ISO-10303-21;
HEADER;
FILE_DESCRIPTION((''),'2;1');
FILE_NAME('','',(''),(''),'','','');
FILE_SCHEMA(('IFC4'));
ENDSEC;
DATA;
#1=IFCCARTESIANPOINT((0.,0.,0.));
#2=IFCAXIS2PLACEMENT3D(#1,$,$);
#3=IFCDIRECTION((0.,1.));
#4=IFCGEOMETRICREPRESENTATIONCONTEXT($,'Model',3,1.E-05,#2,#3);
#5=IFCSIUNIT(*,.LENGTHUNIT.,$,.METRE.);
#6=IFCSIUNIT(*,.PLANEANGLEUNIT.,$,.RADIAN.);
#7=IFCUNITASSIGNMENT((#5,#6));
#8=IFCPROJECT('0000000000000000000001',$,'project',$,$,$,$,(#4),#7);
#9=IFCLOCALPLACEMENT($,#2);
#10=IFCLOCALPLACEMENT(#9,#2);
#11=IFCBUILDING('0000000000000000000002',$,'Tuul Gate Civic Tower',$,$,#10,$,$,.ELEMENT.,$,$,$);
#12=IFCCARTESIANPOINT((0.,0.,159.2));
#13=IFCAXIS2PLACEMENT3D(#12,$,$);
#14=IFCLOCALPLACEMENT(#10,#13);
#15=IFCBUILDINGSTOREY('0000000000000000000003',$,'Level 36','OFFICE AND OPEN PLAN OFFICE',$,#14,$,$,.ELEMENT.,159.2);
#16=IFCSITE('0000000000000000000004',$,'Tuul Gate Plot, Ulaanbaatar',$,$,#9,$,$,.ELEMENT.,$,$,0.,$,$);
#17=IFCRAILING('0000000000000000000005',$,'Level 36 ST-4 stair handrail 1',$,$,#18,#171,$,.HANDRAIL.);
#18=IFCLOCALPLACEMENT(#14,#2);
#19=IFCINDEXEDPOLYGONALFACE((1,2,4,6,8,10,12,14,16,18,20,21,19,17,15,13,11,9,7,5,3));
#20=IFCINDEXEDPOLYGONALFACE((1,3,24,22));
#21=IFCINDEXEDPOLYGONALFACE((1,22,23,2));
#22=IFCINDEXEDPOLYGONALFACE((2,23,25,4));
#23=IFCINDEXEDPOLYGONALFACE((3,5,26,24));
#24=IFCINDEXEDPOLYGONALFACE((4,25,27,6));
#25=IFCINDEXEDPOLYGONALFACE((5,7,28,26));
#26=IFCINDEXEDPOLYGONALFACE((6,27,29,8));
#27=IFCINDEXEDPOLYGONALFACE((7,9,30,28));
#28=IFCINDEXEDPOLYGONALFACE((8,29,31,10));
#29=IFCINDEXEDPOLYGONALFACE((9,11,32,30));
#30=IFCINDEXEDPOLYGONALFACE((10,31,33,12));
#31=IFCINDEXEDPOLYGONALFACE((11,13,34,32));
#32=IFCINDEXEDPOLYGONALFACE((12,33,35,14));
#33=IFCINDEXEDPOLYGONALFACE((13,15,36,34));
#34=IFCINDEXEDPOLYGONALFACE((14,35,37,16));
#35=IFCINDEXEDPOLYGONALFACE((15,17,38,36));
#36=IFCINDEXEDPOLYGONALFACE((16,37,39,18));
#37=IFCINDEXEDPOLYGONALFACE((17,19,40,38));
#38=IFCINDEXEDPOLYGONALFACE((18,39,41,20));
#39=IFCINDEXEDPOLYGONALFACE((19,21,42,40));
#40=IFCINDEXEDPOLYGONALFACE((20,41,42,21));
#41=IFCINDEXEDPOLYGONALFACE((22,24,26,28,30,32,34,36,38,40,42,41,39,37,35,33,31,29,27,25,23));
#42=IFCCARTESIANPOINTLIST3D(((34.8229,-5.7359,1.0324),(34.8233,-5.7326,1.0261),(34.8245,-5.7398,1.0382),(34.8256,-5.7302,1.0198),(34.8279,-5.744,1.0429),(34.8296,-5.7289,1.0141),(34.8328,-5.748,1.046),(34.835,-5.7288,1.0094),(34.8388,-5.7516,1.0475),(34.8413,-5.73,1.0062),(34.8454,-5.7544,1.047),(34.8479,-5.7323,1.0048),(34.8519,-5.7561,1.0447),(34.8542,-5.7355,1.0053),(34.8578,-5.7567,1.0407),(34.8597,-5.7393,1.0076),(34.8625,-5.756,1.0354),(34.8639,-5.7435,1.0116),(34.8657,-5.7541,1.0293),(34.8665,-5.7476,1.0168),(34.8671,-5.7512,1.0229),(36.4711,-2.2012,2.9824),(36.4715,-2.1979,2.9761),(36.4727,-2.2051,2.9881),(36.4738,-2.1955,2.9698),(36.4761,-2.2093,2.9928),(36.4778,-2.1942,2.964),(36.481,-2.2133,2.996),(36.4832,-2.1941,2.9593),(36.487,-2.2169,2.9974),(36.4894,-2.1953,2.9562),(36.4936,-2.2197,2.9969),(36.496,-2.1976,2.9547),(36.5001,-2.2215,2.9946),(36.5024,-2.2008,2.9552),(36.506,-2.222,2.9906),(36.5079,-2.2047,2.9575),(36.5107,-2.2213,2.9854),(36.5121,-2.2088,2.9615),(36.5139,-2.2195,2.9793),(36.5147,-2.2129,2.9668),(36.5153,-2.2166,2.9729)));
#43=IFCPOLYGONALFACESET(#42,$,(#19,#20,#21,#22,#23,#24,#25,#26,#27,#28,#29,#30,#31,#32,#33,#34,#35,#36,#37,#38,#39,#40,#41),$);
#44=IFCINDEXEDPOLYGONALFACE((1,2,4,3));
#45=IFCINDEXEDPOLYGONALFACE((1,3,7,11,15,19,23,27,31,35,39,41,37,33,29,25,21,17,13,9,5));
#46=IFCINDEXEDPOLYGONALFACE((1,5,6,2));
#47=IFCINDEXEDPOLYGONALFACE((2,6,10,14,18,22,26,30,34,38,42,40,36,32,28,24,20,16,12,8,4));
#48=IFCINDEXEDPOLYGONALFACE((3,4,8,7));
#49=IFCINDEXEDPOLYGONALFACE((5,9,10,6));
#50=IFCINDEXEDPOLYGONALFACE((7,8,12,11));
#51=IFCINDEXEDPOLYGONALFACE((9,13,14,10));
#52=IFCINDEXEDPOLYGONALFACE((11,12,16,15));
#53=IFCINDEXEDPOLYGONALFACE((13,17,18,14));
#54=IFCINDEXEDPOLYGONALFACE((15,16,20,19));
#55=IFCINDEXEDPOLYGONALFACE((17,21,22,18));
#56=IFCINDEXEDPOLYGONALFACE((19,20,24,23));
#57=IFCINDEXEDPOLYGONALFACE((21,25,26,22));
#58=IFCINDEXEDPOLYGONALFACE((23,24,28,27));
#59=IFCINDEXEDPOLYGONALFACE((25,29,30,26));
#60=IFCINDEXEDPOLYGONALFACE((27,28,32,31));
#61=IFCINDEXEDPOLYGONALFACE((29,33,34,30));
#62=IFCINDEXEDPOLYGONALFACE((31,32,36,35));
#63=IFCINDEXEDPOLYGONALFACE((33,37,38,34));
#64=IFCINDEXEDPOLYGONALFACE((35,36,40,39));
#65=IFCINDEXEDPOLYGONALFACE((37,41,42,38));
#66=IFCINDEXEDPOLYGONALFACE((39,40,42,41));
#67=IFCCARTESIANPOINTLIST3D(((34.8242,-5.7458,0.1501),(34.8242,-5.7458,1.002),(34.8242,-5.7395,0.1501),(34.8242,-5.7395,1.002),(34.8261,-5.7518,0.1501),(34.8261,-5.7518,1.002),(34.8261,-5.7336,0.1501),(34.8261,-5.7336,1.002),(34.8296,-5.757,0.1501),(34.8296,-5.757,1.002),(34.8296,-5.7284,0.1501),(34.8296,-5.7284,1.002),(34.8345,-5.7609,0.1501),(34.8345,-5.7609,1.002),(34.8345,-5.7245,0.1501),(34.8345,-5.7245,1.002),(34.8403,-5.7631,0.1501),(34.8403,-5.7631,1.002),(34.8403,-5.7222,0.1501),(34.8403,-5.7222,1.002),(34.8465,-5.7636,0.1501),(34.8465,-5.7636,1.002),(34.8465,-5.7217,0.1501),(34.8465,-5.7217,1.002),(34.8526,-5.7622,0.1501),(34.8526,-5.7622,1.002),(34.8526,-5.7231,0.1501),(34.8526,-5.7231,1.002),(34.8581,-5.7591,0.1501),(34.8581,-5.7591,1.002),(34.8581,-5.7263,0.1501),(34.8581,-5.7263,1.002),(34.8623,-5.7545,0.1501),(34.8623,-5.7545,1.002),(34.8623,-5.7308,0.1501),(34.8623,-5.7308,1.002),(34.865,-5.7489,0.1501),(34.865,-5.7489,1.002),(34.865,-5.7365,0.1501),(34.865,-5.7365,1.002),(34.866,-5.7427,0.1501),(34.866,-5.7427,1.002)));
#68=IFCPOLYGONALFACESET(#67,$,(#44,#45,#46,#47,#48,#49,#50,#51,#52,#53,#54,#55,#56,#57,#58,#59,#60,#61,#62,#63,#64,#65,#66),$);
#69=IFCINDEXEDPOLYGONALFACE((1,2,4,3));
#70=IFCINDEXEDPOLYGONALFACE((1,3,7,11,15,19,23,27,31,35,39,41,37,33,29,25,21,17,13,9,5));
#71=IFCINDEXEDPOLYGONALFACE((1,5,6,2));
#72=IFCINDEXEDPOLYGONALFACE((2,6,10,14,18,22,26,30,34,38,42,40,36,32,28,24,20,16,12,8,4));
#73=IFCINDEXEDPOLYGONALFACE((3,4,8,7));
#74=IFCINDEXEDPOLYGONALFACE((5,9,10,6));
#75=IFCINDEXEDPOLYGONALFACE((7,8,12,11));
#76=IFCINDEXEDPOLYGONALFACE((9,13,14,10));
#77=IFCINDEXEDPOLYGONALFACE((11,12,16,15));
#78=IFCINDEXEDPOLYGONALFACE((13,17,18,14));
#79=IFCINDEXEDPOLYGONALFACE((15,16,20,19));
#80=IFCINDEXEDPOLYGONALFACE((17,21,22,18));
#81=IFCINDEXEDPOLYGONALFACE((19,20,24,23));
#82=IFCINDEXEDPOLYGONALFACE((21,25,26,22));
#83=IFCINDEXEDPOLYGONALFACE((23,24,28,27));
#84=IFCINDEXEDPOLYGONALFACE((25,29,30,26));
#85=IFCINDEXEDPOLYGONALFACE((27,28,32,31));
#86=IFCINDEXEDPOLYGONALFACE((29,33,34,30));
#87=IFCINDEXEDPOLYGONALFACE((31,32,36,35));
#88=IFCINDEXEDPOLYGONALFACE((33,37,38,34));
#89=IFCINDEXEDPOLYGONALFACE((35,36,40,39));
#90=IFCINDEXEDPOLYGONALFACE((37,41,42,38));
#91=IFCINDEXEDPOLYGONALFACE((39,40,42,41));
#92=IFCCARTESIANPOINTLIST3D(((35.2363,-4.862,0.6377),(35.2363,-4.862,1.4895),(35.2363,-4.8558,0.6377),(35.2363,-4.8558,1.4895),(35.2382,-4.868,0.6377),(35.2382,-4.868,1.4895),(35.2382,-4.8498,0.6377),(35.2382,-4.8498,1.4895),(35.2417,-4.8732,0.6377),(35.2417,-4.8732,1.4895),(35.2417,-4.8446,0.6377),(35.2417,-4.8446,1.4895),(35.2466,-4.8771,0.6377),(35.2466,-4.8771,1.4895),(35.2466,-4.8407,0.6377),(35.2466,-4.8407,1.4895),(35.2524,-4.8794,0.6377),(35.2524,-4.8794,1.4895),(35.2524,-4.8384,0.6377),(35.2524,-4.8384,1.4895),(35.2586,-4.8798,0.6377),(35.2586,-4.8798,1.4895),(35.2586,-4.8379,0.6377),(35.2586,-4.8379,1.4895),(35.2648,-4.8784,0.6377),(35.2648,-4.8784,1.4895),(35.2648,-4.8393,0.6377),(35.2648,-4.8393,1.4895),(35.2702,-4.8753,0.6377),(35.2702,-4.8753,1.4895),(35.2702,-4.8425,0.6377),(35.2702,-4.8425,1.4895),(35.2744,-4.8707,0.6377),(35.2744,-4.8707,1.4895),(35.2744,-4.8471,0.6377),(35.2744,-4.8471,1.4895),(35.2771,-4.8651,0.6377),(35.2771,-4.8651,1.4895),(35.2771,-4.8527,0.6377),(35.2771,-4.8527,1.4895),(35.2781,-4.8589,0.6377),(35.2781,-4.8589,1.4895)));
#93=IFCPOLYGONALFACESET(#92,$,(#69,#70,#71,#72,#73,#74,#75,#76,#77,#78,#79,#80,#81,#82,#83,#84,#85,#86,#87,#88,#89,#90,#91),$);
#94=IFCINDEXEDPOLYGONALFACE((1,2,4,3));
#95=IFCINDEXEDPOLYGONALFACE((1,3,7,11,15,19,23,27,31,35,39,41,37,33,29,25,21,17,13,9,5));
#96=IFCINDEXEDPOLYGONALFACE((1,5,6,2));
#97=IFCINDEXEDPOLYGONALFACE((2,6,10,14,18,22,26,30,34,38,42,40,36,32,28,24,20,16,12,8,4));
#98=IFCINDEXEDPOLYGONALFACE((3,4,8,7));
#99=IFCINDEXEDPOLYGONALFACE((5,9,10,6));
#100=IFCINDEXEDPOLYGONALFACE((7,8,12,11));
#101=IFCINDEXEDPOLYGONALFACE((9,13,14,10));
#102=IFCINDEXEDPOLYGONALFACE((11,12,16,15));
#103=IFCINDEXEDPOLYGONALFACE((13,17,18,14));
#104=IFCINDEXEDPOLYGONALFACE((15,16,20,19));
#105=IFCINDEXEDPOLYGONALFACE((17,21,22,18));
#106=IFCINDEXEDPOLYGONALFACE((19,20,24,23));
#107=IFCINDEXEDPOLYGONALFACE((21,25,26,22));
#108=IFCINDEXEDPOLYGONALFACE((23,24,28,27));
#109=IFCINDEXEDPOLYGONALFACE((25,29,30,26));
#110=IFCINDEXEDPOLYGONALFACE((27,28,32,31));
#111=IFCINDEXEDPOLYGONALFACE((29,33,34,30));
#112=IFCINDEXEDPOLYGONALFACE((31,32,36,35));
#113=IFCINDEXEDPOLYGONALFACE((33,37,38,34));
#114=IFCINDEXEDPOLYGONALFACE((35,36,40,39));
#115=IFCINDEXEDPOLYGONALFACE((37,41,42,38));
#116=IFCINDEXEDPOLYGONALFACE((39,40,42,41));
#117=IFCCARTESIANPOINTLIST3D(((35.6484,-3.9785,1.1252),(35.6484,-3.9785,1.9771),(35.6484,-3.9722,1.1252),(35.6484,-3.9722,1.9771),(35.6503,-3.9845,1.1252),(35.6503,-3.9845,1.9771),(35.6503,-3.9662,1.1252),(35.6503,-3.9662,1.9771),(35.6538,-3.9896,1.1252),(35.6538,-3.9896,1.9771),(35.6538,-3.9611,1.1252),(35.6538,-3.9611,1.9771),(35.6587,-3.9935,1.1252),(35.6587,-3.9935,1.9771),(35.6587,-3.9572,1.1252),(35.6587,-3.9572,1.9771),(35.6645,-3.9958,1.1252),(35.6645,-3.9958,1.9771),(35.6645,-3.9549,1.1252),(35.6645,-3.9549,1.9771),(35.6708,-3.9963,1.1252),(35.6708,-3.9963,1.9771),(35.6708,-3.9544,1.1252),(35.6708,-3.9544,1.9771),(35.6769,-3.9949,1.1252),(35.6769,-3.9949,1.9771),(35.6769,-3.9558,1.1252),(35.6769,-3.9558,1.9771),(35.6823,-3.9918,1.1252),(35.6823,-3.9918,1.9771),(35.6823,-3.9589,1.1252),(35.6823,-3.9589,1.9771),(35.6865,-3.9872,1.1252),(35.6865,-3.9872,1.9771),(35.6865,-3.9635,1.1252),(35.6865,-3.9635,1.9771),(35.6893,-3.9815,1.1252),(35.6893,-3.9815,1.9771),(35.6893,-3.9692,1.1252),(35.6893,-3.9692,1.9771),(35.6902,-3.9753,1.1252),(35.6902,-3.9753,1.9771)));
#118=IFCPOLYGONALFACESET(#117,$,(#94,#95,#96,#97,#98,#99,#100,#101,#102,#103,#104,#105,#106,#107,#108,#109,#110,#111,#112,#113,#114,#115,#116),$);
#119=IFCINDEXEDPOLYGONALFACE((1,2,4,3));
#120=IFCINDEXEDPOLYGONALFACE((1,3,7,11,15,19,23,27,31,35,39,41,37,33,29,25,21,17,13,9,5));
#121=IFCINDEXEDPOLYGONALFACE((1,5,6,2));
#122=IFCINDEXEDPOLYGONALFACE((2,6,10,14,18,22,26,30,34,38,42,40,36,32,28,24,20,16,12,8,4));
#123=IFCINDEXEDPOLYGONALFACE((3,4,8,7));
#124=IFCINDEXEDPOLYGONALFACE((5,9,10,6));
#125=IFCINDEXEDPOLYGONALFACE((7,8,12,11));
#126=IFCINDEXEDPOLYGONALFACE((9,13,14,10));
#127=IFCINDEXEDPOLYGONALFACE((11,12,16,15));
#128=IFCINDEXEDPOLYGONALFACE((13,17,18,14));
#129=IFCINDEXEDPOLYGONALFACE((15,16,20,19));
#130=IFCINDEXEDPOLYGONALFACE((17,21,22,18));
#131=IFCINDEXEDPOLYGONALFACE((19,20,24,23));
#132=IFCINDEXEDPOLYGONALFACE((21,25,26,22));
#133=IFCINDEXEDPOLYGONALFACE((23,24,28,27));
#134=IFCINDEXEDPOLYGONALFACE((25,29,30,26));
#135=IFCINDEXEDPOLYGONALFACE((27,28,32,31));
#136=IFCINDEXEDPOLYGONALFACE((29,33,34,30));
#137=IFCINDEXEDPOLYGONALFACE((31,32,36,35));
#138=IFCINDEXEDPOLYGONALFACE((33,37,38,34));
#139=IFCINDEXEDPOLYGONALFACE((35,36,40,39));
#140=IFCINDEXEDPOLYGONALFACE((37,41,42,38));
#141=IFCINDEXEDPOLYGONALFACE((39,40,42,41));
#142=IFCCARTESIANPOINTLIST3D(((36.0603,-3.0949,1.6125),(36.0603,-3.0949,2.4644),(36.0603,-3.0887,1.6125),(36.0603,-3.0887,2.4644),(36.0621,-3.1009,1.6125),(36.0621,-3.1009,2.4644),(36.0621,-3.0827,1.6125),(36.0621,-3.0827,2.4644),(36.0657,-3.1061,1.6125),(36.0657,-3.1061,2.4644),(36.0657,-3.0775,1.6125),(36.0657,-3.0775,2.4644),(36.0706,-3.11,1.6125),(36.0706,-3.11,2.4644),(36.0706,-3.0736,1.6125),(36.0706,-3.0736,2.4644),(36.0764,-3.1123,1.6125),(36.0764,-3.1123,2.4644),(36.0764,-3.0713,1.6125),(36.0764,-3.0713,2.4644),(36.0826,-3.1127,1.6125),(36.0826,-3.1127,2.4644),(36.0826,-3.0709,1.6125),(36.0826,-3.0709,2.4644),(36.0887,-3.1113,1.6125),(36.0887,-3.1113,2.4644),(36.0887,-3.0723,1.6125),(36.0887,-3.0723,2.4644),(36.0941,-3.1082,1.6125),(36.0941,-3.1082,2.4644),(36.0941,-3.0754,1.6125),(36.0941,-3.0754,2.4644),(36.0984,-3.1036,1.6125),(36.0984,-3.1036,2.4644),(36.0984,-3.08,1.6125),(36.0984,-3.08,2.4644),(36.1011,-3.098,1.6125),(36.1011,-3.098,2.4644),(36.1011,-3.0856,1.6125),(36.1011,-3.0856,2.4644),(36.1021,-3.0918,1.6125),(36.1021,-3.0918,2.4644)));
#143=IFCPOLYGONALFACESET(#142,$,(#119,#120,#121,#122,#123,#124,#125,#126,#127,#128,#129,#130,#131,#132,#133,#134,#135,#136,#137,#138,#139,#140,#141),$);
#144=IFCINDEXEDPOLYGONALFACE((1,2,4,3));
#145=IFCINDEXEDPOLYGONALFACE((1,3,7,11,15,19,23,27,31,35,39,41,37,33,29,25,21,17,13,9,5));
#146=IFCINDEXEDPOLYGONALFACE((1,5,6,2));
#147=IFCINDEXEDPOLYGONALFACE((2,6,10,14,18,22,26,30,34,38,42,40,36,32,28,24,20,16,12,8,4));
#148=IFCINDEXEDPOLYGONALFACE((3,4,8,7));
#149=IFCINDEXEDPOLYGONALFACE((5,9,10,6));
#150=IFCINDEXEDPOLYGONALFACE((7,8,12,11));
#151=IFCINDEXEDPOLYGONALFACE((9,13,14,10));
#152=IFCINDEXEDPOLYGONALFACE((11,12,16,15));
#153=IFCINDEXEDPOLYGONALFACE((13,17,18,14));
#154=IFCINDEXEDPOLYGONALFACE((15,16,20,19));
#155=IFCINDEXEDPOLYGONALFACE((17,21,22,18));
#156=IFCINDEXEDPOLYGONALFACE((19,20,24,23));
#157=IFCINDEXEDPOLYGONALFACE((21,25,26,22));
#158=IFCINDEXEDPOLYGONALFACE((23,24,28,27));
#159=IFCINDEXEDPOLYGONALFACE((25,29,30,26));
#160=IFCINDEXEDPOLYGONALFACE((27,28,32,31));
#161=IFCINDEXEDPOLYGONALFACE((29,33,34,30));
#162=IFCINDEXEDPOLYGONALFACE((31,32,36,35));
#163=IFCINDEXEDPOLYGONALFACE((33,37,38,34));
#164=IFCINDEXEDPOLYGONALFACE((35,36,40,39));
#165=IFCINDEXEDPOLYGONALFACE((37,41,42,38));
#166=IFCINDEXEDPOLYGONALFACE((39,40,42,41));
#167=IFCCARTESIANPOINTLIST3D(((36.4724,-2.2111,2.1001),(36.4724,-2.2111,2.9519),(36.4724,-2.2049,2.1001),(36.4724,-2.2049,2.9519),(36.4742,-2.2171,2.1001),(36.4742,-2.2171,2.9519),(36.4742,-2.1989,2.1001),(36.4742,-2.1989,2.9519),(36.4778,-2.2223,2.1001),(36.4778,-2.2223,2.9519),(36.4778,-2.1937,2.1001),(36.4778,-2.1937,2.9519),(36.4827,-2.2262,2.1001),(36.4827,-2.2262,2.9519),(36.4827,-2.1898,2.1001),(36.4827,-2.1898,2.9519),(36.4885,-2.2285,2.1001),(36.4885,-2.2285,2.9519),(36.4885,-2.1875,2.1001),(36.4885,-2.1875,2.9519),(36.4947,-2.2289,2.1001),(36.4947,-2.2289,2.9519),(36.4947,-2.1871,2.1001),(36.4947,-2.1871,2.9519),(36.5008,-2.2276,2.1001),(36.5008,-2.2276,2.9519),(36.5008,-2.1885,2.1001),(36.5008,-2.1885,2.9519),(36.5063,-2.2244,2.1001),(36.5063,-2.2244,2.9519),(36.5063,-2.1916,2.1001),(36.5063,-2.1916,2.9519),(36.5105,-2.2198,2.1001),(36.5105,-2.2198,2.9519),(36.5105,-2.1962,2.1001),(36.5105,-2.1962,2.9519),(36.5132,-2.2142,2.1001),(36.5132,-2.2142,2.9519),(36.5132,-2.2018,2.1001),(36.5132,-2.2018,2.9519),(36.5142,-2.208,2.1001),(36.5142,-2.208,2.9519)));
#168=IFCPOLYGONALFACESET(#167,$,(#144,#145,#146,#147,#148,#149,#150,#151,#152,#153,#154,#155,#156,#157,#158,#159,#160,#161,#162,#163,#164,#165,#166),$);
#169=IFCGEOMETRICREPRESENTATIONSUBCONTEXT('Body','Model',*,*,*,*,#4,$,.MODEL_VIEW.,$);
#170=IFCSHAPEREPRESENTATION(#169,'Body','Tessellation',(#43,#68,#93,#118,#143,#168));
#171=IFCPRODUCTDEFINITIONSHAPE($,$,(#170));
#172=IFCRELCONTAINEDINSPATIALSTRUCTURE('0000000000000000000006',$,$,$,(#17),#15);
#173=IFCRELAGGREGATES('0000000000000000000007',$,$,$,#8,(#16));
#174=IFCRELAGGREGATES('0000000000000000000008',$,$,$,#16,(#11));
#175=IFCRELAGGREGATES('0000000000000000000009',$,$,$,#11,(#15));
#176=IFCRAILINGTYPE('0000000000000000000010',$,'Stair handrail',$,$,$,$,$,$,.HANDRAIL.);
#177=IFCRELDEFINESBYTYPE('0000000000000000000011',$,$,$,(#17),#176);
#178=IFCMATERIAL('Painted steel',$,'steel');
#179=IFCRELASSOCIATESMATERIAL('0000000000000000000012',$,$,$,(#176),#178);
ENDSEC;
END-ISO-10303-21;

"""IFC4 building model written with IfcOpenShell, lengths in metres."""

from ifc_helpers import new_model, si_unit, direction, frame, origin, origin_2d, place, context, subcontext, project, spatial, circle, extrude, material, type_object, element, save


model = new_model("IFC4")

# Units and contexts
model_context = context("Model", 3, precision=1e-05, world=origin(), true_north=direction((0.0, 1.0)))
body_context = subcontext(model_context, "Body", "Model", "MODEL_VIEW")
ifc_project = project(units=[si_unit("LENGTHUNIT", "METRE"), si_unit("PLANEANGLEUNIT", "RADIAN")], contexts=[model_context])

# Site, building, storey
site_placement = place(None, origin())
site = spatial("IfcSite", under=ifc_project, at=site_placement, Name="Tuul Gate Plot, Ulaanbaatar", CompositionType="ELEMENT", RefElevation=0.0)
building_placement = place(site_placement, origin())
building = spatial("IfcBuilding", under=site, at=building_placement, Name="Tuul Gate Civic Tower", CompositionType="ELEMENT")
storey_placement = place(building_placement, frame((0.0, 0.0, 159.2)))
storey = spatial("IfcBuildingStorey", under=building, at=storey_placement, Name="Level 36", Description="OFFICE AND OPEN PLAN OFFICE", CompositionType="ELEMENT", Elevation=159.2)

# Railing
ifc_material_1 = material(Name="Painted steel", Category="steel")
railing_type = type_object("IfcRailingType", Name="Stair handrail", PredefinedType="HANDRAIL", material=ifc_material_1)
railing_placement = place(storey_placement, frame((34.845, -5.7427, 0.1501)))
element("IfcRailing", 1, at=railing_placement, inside=storey, type_object=railing_type, Name="Level 36 ST-4 stair handrail 1", PredefinedType="HANDRAIL", context=body_context, shape_type="SweptSolid", body=[
    extrude(circle(Radius=0.0239, at=origin_2d()), frame((0.0, 0.0, 0.876), z_axis=(0.377995, 0.810637, 0.4472), x_axis=(-0.906313, 0.422608, 0.0)), (0.0, 0.0, 1.0), 4.3604),
    extrude(circle(Radius=0.021, at=origin_2d()), origin(), (0.0, 0.0, 1.0), 0.8518),
    extrude(circle(Radius=0.021, at=origin_2d()), frame((0.4121, 0.8838, 0.4875)), (0.0, 0.0, 1.0), 0.8518),
    extrude(circle(Radius=0.021, at=origin_2d()), frame((0.8242, 1.7673, 0.9751)), (0.0, 0.0, 1.0), 0.8518),
    extrude(circle(Radius=0.021, at=origin_2d()), frame((1.2361, 2.6509, 1.4624)), (0.0, 0.0, 1.0), 0.8518),
    extrude(circle(Radius=0.021, at=origin_2d()), frame((1.6482, 3.5347, 1.95)), (0.0, 0.0, 1.0), 0.8518),
])

save(model, "model.ifc")
